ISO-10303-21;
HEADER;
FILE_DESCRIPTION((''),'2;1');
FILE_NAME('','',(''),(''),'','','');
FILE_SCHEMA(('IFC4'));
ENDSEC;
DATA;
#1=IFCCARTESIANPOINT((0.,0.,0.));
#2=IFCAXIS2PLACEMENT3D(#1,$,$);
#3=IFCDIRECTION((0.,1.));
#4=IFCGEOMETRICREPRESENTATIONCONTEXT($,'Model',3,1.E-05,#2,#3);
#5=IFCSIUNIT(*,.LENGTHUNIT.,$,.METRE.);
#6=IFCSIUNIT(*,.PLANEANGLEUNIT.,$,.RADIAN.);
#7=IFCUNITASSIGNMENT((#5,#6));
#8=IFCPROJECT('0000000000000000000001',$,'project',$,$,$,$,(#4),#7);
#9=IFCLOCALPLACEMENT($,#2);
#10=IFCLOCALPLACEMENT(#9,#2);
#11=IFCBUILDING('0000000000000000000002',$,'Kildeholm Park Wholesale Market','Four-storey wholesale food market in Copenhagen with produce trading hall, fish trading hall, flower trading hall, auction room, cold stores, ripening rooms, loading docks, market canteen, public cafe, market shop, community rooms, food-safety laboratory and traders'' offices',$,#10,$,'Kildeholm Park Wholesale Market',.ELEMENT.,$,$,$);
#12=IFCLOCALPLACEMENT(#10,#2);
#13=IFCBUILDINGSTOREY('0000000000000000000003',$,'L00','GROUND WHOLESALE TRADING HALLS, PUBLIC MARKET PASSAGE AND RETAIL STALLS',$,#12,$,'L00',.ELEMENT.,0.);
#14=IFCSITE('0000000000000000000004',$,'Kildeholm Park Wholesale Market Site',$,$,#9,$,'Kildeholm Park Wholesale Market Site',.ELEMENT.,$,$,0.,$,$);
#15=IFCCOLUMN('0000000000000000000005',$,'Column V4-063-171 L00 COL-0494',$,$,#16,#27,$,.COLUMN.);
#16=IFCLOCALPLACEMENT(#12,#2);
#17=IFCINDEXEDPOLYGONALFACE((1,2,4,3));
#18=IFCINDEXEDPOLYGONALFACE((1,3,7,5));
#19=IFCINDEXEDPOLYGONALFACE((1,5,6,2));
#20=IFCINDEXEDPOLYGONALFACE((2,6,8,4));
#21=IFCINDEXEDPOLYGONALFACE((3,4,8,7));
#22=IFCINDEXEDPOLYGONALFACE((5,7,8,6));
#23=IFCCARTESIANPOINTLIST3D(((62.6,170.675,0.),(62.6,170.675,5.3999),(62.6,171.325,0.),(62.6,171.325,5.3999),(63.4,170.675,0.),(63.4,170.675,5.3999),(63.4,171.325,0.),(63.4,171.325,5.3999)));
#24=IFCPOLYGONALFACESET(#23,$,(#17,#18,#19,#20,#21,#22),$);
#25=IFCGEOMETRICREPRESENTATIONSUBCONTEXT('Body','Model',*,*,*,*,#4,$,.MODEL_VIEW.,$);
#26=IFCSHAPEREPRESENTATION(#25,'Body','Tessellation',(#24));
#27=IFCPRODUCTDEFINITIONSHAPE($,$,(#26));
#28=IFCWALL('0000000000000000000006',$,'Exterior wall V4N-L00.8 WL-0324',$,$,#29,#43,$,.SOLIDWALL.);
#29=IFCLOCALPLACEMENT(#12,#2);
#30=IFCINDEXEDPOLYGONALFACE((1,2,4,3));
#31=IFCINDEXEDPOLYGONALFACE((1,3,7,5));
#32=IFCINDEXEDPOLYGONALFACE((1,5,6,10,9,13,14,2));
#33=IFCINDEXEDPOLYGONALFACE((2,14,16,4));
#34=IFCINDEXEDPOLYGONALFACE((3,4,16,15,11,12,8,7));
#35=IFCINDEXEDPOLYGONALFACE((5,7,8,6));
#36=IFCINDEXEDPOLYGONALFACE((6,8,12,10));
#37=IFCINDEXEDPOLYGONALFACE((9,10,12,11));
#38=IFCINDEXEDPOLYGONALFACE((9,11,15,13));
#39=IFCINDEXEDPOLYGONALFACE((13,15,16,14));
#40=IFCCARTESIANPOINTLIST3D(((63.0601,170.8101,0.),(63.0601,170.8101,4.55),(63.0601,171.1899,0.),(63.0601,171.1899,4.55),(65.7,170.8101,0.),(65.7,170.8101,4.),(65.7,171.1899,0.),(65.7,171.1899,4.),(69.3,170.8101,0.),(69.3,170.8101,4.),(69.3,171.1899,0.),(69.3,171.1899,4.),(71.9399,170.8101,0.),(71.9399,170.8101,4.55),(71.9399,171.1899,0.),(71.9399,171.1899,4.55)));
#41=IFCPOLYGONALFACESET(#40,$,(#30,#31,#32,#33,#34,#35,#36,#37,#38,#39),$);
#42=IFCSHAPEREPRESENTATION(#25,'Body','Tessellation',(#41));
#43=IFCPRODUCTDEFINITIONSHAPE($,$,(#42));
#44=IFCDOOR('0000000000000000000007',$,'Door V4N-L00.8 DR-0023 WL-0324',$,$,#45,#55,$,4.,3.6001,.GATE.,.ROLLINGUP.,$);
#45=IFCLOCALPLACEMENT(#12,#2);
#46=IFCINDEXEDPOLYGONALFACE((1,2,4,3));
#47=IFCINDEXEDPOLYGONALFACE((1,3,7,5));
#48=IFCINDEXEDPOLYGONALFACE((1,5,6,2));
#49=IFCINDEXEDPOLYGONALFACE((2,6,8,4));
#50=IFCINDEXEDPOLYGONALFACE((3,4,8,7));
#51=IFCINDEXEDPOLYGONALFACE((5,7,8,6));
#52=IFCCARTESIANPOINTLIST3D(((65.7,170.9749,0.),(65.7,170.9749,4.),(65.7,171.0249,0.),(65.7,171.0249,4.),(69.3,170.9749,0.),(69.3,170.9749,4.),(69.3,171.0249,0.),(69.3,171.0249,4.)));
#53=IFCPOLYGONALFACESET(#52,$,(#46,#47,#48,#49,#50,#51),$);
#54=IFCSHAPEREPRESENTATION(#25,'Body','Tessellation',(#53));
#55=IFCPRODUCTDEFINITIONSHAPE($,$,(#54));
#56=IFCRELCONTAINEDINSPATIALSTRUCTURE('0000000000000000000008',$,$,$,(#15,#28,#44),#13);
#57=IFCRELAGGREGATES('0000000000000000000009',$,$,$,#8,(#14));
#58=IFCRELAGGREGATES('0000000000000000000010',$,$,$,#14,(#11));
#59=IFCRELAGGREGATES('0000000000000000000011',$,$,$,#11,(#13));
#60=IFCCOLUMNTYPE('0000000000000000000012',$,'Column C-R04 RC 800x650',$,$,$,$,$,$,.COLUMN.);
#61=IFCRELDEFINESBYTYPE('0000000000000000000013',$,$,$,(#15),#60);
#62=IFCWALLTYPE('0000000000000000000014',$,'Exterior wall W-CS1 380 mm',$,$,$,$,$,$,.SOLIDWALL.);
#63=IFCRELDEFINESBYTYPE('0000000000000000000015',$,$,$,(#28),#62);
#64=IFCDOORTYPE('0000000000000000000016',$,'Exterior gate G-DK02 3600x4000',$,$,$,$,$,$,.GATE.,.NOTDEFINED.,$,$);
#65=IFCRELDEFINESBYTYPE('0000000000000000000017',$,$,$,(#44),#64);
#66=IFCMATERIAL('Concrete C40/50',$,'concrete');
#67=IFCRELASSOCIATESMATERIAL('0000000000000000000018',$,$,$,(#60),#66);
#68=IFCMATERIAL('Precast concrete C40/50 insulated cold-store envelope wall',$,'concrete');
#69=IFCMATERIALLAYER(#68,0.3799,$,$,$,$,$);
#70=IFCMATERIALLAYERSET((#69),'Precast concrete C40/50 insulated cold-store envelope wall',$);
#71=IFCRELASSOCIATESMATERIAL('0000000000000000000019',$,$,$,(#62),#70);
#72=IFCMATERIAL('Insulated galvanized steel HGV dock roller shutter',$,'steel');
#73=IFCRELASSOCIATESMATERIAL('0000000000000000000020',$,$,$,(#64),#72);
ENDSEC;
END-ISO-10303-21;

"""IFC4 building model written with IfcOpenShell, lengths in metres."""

from ifc_helpers import new_model, si_unit, direction, frame, frame_2d, origin, origin_2d, place, context, subcontext, project, spatial, rectangle, extrude, material, layer, layer_set, material_profile, profile_set, type_object, element, fill, save


model = new_model("IFC4")

# Units and contexts
model_context = context("Model", 3, precision=1e-05, world=origin(), true_north=direction((0.0, 1.0)))
body_context = subcontext(model_context, "Body", "Model", "MODEL_VIEW")
ifc_project = project(units=[si_unit("LENGTHUNIT", "METRE"), si_unit("PLANEANGLEUNIT", "RADIAN")], contexts=[model_context])

# Site, building, storey
site_placement = place(None, origin())
site = spatial("IfcSite", under=ifc_project, at=site_placement, Name="Kildeholm Park Wholesale Market Site", LongName="Kildeholm Park Wholesale Market Site", CompositionType="ELEMENT", RefElevation=0.0)
building_placement = place(site_placement, origin())
building = spatial("IfcBuilding", under=site, at=building_placement, Name="Kildeholm Park Wholesale Market", Description="Four-storey wholesale food market in Copenhagen with produce trading hall, fish trading hall, flower trading hall, auction room, cold stores, ripening rooms, loading docks, market canteen, public cafe, market shop, community rooms, food-safety laboratory and traders' offices", LongName="Kildeholm Park Wholesale Market", CompositionType="ELEMENT")
storey_placement = place(building_placement, origin())
storey = spatial("IfcBuildingStorey", under=building, at=storey_placement, Name="L00", Description="GROUND WHOLESALE TRADING HALLS, PUBLIC MARKET PASSAGE AND RETAIL STALLS", LongName="L00", CompositionType="ELEMENT", Elevation=0.0)

# Column
ifc_material_1 = material(Name="Concrete C40/50", Category="concrete")
ifc_material_profile_1 = material_profile(ifc_material_1, rectangle(XDim=0.8, YDim=0.6499, at=origin_2d()), Name="RC 800x650")
ifc_profile_set_1 = profile_set([ifc_material_profile_1], Name="Concrete C40/50")
column_type_1 = type_object("IfcColumnType", Name="Column C-R04 RC 800x650", PredefinedType="COLUMN", material=ifc_profile_set_1)
column_placement = place(storey_placement, frame((63.0, 171.0, 0.0), z_axis=(0.0, 0.0, 1.0), x_axis=(1.0, 0.0, 0.0)))
element("IfcColumn", 1, at=column_placement, inside=storey, type_object=column_type_1, Name="Column V4-063-171 L00 COL-0494", PredefinedType="COLUMN", context=body_context, shape_type="SweptSolid", body=[
    extrude(rectangle(XDim=0.8, YDim=0.6499, at=origin_2d()), origin(), (0.0, 0.0, 1.0), 5.3999),
])

# Wall, opening, door
ifc_material_2 = material(Name="Precast concrete C40/50 insulated cold-store envelope wall", Category="concrete")
ifc_layer = layer(ifc_material_2, 0.3799)
ifc_layer_set = layer_set([ifc_layer], Name="Precast concrete C40/50 insulated cold-store envelope wall")
wall_type = type_object("IfcWallType", Name="Exterior wall W-CS1 380 mm", PredefinedType="SOLIDWALL", material=ifc_layer_set)
wall_placement = place(storey_placement, frame((63.0601, 171.0, 0.0), z_axis=(0.0, 0.0, 1.0), x_axis=(1.0, 0.0, 0.0)))
wall = element("IfcWall", 2, at=wall_placement, inside=storey, type_object=wall_type, Name="Exterior wall V4N-L00.8 WL-0324", PredefinedType="SOLIDWALL", context=body_context, shape_type="SweptSolid", body=[
    extrude(rectangle(XDim=8.8799, YDim=0.3799, at=frame_2d((4.4399, 0.0))), origin(), (0.0, 0.0, 1.0), 4.55),
])
opening_placement = place(wall_placement, frame((2.6399, 0.0, 0.0)))
opening = element("IfcOpeningElement", 3, at=opening_placement, cuts=wall, PredefinedType="OPENING", context=body_context, shape_type="SweptSolid", body=[
    extrude(rectangle(XDim=3.6001, YDim=4.0, at=frame_2d((1.8, 2.0))), frame((0.0, 0.2, 0.0), z_axis=(0.0, -1.0, 0.0), x_axis=(1.0, 0.0, 0.0)), (0.0, 0.0, 1.0), 0.3999),
])
ifc_material_3 = material(Name="Insulated galvanized steel HGV dock roller shutter", Category="steel")
door_type = type_object("IfcDoorType", Name="Exterior gate G-DK02 3600x4000", OperationType="NOTDEFINED", PredefinedType="GATE", material=ifc_material_3)
door_placement = place(opening_placement, origin())
door = element("IfcDoor", 4, at=door_placement, inside=storey, type_object=door_type, Name="Door V4N-L00.8 DR-0023 WL-0324", OperationType="ROLLINGUP", OverallHeight=4.0, OverallWidth=3.6001, PredefinedType="GATE", context=body_context, shape_type="SweptSolid", body=[
    extrude(rectangle(XDim=3.6001, YDim=4.0, at=frame_2d((1.8, 2.0))), frame((0.0, 0.0249, 0.0), z_axis=(0.0, -1.0, 0.0), x_axis=(1.0, 0.0, 0.0)), (0.0, 0.0, 1.0), 0.05),
])
fill(opening, door)

save(model, "model.ifc")
